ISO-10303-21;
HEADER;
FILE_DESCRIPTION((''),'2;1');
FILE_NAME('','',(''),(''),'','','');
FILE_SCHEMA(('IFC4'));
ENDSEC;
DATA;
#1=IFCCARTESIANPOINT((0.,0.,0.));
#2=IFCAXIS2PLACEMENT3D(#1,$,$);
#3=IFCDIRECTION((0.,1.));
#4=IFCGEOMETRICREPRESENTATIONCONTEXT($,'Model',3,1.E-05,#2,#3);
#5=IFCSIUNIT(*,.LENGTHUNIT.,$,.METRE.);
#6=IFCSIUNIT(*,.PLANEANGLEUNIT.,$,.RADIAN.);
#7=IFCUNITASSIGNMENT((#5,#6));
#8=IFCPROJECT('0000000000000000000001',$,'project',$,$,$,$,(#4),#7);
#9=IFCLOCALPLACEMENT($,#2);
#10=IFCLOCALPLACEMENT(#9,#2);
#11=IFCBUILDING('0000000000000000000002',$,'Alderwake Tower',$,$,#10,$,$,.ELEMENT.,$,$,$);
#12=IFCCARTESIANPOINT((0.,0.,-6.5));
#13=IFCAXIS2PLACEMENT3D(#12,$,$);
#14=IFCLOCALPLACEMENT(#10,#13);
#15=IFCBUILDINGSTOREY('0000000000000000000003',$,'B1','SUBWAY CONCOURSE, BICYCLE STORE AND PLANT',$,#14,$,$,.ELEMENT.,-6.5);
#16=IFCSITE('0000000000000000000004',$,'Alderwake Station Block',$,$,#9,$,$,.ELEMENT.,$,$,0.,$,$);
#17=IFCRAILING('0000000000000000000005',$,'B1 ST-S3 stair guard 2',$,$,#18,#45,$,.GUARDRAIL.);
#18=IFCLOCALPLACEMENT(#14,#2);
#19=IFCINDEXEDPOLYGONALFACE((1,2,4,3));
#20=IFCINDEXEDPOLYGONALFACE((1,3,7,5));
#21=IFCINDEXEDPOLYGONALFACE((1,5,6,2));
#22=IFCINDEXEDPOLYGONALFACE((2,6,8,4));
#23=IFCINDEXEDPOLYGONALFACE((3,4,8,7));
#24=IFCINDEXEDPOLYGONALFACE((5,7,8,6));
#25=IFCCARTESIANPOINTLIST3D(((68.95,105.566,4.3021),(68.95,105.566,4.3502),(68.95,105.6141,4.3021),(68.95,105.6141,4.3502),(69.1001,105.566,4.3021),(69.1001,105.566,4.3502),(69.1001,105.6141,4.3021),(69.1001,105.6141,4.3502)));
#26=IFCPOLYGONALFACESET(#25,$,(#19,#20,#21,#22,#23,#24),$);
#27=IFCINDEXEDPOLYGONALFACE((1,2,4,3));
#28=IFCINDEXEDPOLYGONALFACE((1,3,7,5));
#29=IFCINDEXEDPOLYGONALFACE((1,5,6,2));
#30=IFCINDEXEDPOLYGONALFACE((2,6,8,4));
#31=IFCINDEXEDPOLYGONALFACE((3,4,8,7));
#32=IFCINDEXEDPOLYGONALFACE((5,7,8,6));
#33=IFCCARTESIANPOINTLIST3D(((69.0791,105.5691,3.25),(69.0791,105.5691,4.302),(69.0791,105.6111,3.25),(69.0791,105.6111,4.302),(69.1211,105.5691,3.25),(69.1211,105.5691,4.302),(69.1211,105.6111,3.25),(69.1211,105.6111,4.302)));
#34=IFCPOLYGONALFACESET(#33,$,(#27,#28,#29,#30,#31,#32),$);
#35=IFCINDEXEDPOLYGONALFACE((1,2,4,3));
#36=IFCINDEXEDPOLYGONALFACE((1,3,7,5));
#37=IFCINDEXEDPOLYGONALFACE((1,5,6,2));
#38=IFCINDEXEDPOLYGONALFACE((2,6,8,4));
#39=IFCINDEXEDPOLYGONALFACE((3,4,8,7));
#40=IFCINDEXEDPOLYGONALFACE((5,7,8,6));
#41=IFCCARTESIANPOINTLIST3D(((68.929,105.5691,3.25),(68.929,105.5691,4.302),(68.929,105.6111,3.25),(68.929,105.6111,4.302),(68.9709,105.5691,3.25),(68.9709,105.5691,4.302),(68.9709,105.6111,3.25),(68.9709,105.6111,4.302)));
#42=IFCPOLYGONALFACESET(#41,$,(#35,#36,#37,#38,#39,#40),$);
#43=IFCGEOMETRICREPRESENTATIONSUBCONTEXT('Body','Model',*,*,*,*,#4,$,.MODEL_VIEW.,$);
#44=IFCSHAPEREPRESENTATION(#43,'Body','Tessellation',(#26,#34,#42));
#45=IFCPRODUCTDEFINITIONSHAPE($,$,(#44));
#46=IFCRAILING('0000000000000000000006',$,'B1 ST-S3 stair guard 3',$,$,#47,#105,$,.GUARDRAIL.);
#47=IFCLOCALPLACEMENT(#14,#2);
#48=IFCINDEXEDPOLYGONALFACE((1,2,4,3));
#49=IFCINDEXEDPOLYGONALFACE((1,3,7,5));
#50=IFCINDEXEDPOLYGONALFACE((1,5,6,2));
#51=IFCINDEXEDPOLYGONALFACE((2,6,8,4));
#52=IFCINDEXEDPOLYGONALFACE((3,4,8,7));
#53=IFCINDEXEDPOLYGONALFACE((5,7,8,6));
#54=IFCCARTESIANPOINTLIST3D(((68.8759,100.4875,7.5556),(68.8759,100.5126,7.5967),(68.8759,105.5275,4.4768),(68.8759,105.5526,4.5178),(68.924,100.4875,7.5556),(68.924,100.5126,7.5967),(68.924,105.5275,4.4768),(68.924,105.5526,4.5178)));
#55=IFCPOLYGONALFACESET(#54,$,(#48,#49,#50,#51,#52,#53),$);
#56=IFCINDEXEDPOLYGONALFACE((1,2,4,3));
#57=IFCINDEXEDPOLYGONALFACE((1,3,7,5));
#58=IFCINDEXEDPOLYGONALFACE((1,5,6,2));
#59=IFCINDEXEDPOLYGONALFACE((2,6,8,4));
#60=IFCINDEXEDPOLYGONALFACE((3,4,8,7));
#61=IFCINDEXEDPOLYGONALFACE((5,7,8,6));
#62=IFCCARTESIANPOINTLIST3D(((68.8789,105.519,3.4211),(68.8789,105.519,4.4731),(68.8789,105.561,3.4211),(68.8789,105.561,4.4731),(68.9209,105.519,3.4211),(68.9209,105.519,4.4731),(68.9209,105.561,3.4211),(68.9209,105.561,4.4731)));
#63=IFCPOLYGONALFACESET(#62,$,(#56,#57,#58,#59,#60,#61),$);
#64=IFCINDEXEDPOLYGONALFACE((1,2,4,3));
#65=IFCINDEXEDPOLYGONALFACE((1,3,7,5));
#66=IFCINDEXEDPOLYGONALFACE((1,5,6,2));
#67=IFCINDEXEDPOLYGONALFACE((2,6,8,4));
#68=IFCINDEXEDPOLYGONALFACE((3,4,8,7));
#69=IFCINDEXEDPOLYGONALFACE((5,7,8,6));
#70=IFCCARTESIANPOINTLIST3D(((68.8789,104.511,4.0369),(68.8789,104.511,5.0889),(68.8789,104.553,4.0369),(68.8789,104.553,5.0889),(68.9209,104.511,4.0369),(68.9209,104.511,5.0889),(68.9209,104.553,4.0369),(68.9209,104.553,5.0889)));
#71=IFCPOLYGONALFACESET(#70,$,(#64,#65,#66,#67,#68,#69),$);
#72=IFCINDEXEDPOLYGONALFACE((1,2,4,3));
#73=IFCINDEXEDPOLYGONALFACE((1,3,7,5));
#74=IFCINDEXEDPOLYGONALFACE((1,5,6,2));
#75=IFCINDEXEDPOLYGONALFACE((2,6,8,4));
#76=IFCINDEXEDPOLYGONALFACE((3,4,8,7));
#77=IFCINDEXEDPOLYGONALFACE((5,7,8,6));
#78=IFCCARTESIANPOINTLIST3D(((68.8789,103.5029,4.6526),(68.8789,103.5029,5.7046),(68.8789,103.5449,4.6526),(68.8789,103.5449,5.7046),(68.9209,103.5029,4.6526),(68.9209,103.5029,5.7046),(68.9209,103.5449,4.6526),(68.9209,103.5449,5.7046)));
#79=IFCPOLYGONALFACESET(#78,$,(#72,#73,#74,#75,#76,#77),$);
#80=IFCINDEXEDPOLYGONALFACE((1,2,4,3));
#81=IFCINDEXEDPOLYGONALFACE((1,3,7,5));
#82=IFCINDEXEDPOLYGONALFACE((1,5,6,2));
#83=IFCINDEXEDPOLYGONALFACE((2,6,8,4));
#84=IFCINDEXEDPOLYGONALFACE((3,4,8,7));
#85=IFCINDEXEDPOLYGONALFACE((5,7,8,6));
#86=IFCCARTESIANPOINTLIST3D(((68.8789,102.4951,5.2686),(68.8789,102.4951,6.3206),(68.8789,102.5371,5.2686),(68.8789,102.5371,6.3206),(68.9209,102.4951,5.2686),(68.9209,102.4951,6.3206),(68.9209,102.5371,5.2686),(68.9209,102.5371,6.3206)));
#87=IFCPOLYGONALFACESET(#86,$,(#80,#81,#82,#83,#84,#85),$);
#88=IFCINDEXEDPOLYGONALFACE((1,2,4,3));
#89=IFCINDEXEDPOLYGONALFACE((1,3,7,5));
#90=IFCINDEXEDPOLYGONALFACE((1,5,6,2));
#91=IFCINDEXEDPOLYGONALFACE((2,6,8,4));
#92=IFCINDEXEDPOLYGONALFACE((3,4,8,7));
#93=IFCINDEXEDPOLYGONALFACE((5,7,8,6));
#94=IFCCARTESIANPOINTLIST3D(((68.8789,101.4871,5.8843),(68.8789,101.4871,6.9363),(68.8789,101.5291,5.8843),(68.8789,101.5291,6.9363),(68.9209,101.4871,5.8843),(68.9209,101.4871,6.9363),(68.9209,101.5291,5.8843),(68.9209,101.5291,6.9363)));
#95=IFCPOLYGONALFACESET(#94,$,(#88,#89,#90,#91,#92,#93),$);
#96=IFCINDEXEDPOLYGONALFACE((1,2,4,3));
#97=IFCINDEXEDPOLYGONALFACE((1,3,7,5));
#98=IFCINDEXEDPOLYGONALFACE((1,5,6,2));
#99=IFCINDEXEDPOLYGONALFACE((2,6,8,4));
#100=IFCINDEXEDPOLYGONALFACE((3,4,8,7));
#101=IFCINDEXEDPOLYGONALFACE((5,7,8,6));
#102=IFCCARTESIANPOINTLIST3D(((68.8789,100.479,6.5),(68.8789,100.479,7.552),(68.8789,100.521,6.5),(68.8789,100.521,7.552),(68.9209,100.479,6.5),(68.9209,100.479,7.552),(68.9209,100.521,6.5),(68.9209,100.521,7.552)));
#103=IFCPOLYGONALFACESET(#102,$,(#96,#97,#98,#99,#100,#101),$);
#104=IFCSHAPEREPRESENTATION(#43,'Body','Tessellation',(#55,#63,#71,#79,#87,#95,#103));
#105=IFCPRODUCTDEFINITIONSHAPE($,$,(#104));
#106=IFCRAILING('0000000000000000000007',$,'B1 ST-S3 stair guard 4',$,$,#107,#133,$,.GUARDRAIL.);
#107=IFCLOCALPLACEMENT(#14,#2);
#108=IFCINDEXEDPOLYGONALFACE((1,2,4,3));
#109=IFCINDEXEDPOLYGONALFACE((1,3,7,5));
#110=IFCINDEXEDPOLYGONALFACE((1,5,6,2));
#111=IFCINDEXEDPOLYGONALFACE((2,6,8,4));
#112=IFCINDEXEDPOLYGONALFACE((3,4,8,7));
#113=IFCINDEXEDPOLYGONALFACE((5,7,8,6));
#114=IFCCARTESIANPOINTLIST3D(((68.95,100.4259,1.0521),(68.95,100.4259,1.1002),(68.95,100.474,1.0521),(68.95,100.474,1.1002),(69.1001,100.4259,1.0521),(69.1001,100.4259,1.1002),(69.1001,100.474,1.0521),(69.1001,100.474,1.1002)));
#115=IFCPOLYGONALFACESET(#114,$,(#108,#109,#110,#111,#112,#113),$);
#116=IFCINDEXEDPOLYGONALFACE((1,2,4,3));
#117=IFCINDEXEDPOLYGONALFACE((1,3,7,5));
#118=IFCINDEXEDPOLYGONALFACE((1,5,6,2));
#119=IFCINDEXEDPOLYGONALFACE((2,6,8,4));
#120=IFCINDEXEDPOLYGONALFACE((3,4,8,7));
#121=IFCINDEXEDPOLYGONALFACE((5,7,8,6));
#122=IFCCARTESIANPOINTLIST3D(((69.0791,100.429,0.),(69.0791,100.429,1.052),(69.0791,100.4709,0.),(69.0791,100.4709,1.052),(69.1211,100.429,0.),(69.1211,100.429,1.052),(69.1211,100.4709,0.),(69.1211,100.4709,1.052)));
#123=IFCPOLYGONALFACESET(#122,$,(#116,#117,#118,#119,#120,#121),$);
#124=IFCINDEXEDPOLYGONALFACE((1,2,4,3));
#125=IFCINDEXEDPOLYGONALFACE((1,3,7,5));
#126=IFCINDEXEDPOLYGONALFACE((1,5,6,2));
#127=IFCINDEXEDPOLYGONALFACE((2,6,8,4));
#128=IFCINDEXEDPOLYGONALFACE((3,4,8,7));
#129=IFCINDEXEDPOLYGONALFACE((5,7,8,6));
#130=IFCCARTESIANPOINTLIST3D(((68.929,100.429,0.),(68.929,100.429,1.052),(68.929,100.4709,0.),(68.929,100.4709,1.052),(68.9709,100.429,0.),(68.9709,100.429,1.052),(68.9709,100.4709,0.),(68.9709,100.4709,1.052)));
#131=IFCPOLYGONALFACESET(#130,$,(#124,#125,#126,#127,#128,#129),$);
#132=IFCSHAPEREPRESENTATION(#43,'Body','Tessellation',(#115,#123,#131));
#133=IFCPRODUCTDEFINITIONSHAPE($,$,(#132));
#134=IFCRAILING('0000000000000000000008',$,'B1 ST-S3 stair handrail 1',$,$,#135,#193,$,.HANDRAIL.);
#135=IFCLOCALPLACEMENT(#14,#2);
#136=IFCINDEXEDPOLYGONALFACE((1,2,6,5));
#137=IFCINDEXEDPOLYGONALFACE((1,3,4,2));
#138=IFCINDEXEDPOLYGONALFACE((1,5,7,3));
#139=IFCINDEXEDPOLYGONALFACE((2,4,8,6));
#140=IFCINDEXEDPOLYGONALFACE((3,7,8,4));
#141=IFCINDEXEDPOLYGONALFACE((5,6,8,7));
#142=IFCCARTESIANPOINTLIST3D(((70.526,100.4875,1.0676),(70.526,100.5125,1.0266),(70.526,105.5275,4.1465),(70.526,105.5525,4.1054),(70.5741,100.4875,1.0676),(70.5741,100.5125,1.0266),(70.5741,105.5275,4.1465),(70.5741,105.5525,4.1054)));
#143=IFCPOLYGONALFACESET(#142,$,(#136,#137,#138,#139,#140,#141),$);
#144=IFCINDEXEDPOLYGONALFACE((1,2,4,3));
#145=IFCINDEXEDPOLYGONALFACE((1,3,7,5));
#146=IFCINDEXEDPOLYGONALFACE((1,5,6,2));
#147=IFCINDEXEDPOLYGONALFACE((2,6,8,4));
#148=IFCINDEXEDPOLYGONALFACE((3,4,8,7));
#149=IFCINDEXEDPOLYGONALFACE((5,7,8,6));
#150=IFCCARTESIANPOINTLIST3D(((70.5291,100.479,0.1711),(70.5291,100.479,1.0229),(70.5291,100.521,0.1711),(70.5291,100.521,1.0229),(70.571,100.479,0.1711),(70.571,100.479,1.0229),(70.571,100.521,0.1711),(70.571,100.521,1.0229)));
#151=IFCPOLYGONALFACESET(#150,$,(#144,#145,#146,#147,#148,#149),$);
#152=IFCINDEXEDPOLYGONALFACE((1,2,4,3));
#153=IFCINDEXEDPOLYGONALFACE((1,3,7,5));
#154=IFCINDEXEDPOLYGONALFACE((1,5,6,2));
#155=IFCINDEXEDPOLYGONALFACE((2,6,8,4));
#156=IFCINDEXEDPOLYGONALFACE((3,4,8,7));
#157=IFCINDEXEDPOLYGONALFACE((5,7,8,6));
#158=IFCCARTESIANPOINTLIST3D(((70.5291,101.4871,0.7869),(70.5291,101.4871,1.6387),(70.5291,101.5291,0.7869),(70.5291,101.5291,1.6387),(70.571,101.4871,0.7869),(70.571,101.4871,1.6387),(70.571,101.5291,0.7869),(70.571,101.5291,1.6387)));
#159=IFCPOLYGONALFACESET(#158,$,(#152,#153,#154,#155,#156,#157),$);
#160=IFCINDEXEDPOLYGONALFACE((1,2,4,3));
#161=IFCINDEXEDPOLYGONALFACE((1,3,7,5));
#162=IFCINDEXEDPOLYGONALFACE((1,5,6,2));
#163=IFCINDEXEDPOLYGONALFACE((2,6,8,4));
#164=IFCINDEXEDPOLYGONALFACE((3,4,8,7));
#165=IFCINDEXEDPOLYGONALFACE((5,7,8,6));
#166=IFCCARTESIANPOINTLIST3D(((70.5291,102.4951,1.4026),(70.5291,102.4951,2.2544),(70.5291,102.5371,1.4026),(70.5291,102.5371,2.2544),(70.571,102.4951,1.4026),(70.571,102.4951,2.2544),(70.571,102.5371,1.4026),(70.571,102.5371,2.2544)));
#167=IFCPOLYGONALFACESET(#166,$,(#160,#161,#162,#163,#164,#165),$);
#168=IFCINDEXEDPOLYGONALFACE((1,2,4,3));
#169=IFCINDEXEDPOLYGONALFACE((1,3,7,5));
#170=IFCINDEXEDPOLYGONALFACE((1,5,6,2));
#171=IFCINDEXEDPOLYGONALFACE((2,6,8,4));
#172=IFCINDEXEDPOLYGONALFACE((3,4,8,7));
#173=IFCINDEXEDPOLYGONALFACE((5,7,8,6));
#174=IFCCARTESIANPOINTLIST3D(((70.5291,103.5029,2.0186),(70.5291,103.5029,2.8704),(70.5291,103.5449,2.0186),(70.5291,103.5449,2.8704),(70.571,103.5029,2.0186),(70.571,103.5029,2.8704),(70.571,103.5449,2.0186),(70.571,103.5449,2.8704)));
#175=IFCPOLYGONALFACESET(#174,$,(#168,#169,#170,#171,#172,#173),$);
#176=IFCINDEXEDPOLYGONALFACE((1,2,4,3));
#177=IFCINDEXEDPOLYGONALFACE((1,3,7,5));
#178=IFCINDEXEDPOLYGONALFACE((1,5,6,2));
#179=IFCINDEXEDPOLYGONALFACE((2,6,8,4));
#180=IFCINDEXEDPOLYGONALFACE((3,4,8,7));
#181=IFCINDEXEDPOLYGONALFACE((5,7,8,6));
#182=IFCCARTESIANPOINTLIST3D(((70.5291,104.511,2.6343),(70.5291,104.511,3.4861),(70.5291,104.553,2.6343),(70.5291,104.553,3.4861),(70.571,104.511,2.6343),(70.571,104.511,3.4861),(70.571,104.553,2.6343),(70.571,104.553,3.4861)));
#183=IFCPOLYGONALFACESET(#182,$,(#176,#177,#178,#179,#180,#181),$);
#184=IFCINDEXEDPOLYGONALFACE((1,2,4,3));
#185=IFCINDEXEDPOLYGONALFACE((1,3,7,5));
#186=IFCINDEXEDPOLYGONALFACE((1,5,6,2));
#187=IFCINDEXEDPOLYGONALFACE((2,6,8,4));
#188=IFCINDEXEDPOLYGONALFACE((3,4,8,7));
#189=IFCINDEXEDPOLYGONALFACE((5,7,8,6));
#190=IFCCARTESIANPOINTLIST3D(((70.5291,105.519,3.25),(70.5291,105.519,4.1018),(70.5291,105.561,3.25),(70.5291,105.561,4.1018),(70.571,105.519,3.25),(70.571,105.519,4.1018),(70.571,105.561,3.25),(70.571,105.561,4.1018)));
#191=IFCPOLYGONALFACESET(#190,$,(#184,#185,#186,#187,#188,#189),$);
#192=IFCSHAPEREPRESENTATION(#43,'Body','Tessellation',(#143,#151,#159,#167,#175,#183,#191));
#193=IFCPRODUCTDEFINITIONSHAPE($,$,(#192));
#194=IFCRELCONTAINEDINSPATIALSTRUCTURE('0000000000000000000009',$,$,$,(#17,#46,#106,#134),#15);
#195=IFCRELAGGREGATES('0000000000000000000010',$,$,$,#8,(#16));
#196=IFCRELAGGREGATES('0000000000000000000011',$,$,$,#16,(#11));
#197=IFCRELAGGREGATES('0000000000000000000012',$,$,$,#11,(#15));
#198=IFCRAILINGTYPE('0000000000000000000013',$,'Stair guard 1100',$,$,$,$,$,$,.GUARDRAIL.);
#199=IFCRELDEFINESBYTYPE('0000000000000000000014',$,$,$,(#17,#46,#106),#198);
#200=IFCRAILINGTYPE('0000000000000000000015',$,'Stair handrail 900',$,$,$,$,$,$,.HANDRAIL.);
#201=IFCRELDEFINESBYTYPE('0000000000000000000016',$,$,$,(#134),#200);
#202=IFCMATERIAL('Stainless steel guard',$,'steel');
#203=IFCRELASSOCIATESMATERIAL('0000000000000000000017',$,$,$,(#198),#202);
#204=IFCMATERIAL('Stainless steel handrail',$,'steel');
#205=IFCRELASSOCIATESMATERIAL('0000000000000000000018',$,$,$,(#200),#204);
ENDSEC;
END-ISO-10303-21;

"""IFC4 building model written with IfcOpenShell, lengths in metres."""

from ifc_helpers import new_model, si_unit, direction, frame, origin, origin_2d, place, context, subcontext, project, spatial, rectangle, extrude, material, type_object, element, save


model = new_model("IFC4")

# Units and contexts
model_context = context("Model", 3, precision=1e-05, world=origin(), true_north=direction((0.0, 1.0)))
body_context = subcontext(model_context, "Body", "Model", "MODEL_VIEW")
ifc_project = project(units=[si_unit("LENGTHUNIT", "METRE"), si_unit("PLANEANGLEUNIT", "RADIAN")], contexts=[model_context])

# Site, building, storey
site_placement = place(None, origin())
site = spatial("IfcSite", under=ifc_project, at=site_placement, Name="Alderwake Station Block", CompositionType="ELEMENT", RefElevation=0.0)
building_placement = place(site_placement, origin())
building = spatial("IfcBuilding", under=site, at=building_placement, Name="Alderwake Tower", CompositionType="ELEMENT")
storey_placement = place(building_placement, frame((0.0, 0.0, -6.5)))
storey = spatial("IfcBuildingStorey", under=building, at=storey_placement, Name="B1", Description="SUBWAY CONCOURSE, BICYCLE STORE AND PLANT", CompositionType="ELEMENT", Elevation=-6.5)

# Railings
ifc_material_1 = material(Name="Stainless steel guard", Category="steel")
railing_type_1 = type_object("IfcRailingType", Name="Stair guard 1100", PredefinedType="GUARDRAIL", material=ifc_material_1)
railing_1_placement = place(storey_placement, frame((69.1001, 105.5901, 3.25)))
element("IfcRailing", 1, at=railing_1_placement, inside=storey, type_object=railing_type_1, Name="B1 ST-S3 stair guard 2", PredefinedType="GUARDRAIL", context=body_context, shape_type="SweptSolid", body=[
    extrude(rectangle(XDim=0.0481, YDim=0.0481, at=origin_2d()), frame((0.0, 0.0, 1.0762), z_axis=(-1.0, 0.0, 0.0), x_axis=(0.0, -1.0, 0.0)), (0.0, 0.0, 1.0), 0.1501),
    extrude(rectangle(XDim=0.042, YDim=0.042, at=origin_2d()), frame((0.0, 0.0, 0.0), z_axis=(0.0, 0.0, 1.0), x_axis=(-1.0, 0.0, 0.0)), (0.0, 0.0, 1.0), 1.052),
    extrude(rectangle(XDim=0.042, YDim=0.042, at=origin_2d()), frame((-0.1501, 0.0, 0.0), z_axis=(0.0, 0.0, 1.0), x_axis=(-1.0, 0.0, 0.0)), (0.0, 0.0, 1.0), 1.052),
])
railing_2_placement = place(storey_placement, frame((68.8999, 105.54, 3.4211)))
element("IfcRailing", 2, at=railing_2_placement, inside=storey, type_object=railing_type_1, Name="B1 ST-S3 stair guard 3", PredefinedType="GUARDRAIL", context=body_context, shape_type="SweptSolid", body=[
    extrude(rectangle(XDim=0.0481, YDim=0.0481, at=origin_2d()), frame((0.0, 0.0, 1.0762), z_axis=(0.0, -0.85337, 0.521306), x_axis=(1.0, 0.0, 0.0)), (0.0, 0.0, 1.0), 5.906),
    extrude(rectangle(XDim=0.042, YDim=0.042, at=origin_2d()), frame((0.0, 0.0, 0.0), z_axis=(0.0, 0.0, 1.0), x_axis=(0.0, -1.0, 0.0)), (0.0, 0.0, 1.0), 1.052),
    extrude(rectangle(XDim=0.042, YDim=0.042, at=origin_2d()), frame((0.0, -1.0081, 0.6157), z_axis=(0.0, 0.0, 1.0), x_axis=(0.0, -1.0, 0.0)), (0.0, 0.0, 1.0), 1.052),
    extrude(rectangle(XDim=0.042, YDim=0.042, at=origin_2d()), frame((0.0, -2.0161, 1.2314), z_axis=(0.0, 0.0, 1.0), x_axis=(0.0, -1.0, 0.0)), (0.0, 0.0, 1.0), 1.052),
    extrude(rectangle(XDim=0.042, YDim=0.042, at=origin_2d()), frame((0.0, -3.0239, 1.8474), z_axis=(0.0, 0.0, 1.0), x_axis=(0.0, -1.0, 0.0)), (0.0, 0.0, 1.0), 1.052),
    extrude(rectangle(XDim=0.042, YDim=0.042, at=origin_2d()), frame((0.0, -4.032, 2.4631), z_axis=(0.0, 0.0, 1.0), x_axis=(0.0, -1.0, 0.0)), (0.0, 0.0, 1.0), 1.052),
    extrude(rectangle(XDim=0.042, YDim=0.042, at=origin_2d()), frame((0.0, -5.04, 3.0789), z_axis=(0.0, 0.0, 1.0), x_axis=(0.0, -1.0, 0.0)), (0.0, 0.0, 1.0), 1.052),
])
railing_3_placement = place(storey_placement, frame((69.1001, 100.45, 0.0)))
element("IfcRailing", 3, at=railing_3_placement, inside=storey, type_object=railing_type_1, Name="B1 ST-S3 stair guard 4", PredefinedType="GUARDRAIL", context=body_context, shape_type="SweptSolid", body=[
    extrude(rectangle(XDim=0.0481, YDim=0.0481, at=origin_2d()), frame((0.0, 0.0, 1.0762), z_axis=(-1.0, 0.0, 0.0), x_axis=(0.0, -1.0, 0.0)), (0.0, 0.0, 1.0), 0.1501),
    extrude(rectangle(XDim=0.042, YDim=0.042, at=origin_2d()), frame((0.0, 0.0, 0.0), z_axis=(0.0, 0.0, 1.0), x_axis=(-1.0, 0.0, 0.0)), (0.0, 0.0, 1.0), 1.052),
    extrude(rectangle(XDim=0.042, YDim=0.042, at=origin_2d()), frame((-0.1501, 0.0, 0.0), z_axis=(0.0, 0.0, 1.0), x_axis=(-1.0, 0.0, 0.0)), (0.0, 0.0, 1.0), 1.052),
])
ifc_material_2 = material(Name="Stainless steel handrail", Category="steel")
railing_type_2 = type_object("IfcRailingType", Name="Stair handrail 900", PredefinedType="HANDRAIL", material=ifc_material_2)
railing_4_placement = place(storey_placement, frame((70.55, 100.5, 0.1711)))
element("IfcRailing", 4, at=railing_4_placement, inside=storey, type_object=railing_type_2, Name="B1 ST-S3 stair handrail 1", PredefinedType="HANDRAIL", context=body_context, shape_type="SweptSolid", body=[
    extrude(rectangle(XDim=0.0481, YDim=0.0481, at=origin_2d()), frame((0.0, 0.0, 0.876), z_axis=(0.0, 0.85337, 0.521306), x_axis=(-1.0, 0.0, 0.0)), (0.0, 0.0, 1.0), 5.906),
    extrude(rectangle(XDim=0.042, YDim=0.042, at=origin_2d()), frame((0.0, 0.0, 0.0), z_axis=(0.0, 0.0, 1.0), x_axis=(0.0, 1.0, 0.0)), (0.0, 0.0, 1.0), 0.8518),
    extrude(rectangle(XDim=0.042, YDim=0.042, at=origin_2d()), frame((0.0, 1.0081, 0.6157), z_axis=(0.0, 0.0, 1.0), x_axis=(0.0, 1.0, 0.0)), (0.0, 0.0, 1.0), 0.8518),
    extrude(rectangle(XDim=0.042, YDim=0.042, at=origin_2d()), frame((0.0, 2.0161, 1.2314), z_axis=(0.0, 0.0, 1.0), x_axis=(0.0, 1.0, 0.0)), (0.0, 0.0, 1.0), 0.8518),
    extrude(rectangle(XDim=0.042, YDim=0.042, at=origin_2d()), frame((0.0, 3.0239, 1.8474), z_axis=(0.0, 0.0, 1.0), x_axis=(0.0, 1.0, 0.0)), (0.0, 0.0, 1.0), 0.8518),
    extrude(rectangle(XDim=0.042, YDim=0.042, at=origin_2d()), frame((0.0, 4.032, 2.4631), z_axis=(0.0, 0.0, 1.0), x_axis=(0.0, 1.0, 0.0)), (0.0, 0.0, 1.0), 0.8518),
    extrude(rectangle(XDim=0.042, YDim=0.042, at=origin_2d()), frame((0.0, 5.04, 3.0789), z_axis=(0.0, 0.0, 1.0), x_axis=(0.0, 1.0, 0.0)), (0.0, 0.0, 1.0), 0.8518),
])

save(model, "model.ifc")
